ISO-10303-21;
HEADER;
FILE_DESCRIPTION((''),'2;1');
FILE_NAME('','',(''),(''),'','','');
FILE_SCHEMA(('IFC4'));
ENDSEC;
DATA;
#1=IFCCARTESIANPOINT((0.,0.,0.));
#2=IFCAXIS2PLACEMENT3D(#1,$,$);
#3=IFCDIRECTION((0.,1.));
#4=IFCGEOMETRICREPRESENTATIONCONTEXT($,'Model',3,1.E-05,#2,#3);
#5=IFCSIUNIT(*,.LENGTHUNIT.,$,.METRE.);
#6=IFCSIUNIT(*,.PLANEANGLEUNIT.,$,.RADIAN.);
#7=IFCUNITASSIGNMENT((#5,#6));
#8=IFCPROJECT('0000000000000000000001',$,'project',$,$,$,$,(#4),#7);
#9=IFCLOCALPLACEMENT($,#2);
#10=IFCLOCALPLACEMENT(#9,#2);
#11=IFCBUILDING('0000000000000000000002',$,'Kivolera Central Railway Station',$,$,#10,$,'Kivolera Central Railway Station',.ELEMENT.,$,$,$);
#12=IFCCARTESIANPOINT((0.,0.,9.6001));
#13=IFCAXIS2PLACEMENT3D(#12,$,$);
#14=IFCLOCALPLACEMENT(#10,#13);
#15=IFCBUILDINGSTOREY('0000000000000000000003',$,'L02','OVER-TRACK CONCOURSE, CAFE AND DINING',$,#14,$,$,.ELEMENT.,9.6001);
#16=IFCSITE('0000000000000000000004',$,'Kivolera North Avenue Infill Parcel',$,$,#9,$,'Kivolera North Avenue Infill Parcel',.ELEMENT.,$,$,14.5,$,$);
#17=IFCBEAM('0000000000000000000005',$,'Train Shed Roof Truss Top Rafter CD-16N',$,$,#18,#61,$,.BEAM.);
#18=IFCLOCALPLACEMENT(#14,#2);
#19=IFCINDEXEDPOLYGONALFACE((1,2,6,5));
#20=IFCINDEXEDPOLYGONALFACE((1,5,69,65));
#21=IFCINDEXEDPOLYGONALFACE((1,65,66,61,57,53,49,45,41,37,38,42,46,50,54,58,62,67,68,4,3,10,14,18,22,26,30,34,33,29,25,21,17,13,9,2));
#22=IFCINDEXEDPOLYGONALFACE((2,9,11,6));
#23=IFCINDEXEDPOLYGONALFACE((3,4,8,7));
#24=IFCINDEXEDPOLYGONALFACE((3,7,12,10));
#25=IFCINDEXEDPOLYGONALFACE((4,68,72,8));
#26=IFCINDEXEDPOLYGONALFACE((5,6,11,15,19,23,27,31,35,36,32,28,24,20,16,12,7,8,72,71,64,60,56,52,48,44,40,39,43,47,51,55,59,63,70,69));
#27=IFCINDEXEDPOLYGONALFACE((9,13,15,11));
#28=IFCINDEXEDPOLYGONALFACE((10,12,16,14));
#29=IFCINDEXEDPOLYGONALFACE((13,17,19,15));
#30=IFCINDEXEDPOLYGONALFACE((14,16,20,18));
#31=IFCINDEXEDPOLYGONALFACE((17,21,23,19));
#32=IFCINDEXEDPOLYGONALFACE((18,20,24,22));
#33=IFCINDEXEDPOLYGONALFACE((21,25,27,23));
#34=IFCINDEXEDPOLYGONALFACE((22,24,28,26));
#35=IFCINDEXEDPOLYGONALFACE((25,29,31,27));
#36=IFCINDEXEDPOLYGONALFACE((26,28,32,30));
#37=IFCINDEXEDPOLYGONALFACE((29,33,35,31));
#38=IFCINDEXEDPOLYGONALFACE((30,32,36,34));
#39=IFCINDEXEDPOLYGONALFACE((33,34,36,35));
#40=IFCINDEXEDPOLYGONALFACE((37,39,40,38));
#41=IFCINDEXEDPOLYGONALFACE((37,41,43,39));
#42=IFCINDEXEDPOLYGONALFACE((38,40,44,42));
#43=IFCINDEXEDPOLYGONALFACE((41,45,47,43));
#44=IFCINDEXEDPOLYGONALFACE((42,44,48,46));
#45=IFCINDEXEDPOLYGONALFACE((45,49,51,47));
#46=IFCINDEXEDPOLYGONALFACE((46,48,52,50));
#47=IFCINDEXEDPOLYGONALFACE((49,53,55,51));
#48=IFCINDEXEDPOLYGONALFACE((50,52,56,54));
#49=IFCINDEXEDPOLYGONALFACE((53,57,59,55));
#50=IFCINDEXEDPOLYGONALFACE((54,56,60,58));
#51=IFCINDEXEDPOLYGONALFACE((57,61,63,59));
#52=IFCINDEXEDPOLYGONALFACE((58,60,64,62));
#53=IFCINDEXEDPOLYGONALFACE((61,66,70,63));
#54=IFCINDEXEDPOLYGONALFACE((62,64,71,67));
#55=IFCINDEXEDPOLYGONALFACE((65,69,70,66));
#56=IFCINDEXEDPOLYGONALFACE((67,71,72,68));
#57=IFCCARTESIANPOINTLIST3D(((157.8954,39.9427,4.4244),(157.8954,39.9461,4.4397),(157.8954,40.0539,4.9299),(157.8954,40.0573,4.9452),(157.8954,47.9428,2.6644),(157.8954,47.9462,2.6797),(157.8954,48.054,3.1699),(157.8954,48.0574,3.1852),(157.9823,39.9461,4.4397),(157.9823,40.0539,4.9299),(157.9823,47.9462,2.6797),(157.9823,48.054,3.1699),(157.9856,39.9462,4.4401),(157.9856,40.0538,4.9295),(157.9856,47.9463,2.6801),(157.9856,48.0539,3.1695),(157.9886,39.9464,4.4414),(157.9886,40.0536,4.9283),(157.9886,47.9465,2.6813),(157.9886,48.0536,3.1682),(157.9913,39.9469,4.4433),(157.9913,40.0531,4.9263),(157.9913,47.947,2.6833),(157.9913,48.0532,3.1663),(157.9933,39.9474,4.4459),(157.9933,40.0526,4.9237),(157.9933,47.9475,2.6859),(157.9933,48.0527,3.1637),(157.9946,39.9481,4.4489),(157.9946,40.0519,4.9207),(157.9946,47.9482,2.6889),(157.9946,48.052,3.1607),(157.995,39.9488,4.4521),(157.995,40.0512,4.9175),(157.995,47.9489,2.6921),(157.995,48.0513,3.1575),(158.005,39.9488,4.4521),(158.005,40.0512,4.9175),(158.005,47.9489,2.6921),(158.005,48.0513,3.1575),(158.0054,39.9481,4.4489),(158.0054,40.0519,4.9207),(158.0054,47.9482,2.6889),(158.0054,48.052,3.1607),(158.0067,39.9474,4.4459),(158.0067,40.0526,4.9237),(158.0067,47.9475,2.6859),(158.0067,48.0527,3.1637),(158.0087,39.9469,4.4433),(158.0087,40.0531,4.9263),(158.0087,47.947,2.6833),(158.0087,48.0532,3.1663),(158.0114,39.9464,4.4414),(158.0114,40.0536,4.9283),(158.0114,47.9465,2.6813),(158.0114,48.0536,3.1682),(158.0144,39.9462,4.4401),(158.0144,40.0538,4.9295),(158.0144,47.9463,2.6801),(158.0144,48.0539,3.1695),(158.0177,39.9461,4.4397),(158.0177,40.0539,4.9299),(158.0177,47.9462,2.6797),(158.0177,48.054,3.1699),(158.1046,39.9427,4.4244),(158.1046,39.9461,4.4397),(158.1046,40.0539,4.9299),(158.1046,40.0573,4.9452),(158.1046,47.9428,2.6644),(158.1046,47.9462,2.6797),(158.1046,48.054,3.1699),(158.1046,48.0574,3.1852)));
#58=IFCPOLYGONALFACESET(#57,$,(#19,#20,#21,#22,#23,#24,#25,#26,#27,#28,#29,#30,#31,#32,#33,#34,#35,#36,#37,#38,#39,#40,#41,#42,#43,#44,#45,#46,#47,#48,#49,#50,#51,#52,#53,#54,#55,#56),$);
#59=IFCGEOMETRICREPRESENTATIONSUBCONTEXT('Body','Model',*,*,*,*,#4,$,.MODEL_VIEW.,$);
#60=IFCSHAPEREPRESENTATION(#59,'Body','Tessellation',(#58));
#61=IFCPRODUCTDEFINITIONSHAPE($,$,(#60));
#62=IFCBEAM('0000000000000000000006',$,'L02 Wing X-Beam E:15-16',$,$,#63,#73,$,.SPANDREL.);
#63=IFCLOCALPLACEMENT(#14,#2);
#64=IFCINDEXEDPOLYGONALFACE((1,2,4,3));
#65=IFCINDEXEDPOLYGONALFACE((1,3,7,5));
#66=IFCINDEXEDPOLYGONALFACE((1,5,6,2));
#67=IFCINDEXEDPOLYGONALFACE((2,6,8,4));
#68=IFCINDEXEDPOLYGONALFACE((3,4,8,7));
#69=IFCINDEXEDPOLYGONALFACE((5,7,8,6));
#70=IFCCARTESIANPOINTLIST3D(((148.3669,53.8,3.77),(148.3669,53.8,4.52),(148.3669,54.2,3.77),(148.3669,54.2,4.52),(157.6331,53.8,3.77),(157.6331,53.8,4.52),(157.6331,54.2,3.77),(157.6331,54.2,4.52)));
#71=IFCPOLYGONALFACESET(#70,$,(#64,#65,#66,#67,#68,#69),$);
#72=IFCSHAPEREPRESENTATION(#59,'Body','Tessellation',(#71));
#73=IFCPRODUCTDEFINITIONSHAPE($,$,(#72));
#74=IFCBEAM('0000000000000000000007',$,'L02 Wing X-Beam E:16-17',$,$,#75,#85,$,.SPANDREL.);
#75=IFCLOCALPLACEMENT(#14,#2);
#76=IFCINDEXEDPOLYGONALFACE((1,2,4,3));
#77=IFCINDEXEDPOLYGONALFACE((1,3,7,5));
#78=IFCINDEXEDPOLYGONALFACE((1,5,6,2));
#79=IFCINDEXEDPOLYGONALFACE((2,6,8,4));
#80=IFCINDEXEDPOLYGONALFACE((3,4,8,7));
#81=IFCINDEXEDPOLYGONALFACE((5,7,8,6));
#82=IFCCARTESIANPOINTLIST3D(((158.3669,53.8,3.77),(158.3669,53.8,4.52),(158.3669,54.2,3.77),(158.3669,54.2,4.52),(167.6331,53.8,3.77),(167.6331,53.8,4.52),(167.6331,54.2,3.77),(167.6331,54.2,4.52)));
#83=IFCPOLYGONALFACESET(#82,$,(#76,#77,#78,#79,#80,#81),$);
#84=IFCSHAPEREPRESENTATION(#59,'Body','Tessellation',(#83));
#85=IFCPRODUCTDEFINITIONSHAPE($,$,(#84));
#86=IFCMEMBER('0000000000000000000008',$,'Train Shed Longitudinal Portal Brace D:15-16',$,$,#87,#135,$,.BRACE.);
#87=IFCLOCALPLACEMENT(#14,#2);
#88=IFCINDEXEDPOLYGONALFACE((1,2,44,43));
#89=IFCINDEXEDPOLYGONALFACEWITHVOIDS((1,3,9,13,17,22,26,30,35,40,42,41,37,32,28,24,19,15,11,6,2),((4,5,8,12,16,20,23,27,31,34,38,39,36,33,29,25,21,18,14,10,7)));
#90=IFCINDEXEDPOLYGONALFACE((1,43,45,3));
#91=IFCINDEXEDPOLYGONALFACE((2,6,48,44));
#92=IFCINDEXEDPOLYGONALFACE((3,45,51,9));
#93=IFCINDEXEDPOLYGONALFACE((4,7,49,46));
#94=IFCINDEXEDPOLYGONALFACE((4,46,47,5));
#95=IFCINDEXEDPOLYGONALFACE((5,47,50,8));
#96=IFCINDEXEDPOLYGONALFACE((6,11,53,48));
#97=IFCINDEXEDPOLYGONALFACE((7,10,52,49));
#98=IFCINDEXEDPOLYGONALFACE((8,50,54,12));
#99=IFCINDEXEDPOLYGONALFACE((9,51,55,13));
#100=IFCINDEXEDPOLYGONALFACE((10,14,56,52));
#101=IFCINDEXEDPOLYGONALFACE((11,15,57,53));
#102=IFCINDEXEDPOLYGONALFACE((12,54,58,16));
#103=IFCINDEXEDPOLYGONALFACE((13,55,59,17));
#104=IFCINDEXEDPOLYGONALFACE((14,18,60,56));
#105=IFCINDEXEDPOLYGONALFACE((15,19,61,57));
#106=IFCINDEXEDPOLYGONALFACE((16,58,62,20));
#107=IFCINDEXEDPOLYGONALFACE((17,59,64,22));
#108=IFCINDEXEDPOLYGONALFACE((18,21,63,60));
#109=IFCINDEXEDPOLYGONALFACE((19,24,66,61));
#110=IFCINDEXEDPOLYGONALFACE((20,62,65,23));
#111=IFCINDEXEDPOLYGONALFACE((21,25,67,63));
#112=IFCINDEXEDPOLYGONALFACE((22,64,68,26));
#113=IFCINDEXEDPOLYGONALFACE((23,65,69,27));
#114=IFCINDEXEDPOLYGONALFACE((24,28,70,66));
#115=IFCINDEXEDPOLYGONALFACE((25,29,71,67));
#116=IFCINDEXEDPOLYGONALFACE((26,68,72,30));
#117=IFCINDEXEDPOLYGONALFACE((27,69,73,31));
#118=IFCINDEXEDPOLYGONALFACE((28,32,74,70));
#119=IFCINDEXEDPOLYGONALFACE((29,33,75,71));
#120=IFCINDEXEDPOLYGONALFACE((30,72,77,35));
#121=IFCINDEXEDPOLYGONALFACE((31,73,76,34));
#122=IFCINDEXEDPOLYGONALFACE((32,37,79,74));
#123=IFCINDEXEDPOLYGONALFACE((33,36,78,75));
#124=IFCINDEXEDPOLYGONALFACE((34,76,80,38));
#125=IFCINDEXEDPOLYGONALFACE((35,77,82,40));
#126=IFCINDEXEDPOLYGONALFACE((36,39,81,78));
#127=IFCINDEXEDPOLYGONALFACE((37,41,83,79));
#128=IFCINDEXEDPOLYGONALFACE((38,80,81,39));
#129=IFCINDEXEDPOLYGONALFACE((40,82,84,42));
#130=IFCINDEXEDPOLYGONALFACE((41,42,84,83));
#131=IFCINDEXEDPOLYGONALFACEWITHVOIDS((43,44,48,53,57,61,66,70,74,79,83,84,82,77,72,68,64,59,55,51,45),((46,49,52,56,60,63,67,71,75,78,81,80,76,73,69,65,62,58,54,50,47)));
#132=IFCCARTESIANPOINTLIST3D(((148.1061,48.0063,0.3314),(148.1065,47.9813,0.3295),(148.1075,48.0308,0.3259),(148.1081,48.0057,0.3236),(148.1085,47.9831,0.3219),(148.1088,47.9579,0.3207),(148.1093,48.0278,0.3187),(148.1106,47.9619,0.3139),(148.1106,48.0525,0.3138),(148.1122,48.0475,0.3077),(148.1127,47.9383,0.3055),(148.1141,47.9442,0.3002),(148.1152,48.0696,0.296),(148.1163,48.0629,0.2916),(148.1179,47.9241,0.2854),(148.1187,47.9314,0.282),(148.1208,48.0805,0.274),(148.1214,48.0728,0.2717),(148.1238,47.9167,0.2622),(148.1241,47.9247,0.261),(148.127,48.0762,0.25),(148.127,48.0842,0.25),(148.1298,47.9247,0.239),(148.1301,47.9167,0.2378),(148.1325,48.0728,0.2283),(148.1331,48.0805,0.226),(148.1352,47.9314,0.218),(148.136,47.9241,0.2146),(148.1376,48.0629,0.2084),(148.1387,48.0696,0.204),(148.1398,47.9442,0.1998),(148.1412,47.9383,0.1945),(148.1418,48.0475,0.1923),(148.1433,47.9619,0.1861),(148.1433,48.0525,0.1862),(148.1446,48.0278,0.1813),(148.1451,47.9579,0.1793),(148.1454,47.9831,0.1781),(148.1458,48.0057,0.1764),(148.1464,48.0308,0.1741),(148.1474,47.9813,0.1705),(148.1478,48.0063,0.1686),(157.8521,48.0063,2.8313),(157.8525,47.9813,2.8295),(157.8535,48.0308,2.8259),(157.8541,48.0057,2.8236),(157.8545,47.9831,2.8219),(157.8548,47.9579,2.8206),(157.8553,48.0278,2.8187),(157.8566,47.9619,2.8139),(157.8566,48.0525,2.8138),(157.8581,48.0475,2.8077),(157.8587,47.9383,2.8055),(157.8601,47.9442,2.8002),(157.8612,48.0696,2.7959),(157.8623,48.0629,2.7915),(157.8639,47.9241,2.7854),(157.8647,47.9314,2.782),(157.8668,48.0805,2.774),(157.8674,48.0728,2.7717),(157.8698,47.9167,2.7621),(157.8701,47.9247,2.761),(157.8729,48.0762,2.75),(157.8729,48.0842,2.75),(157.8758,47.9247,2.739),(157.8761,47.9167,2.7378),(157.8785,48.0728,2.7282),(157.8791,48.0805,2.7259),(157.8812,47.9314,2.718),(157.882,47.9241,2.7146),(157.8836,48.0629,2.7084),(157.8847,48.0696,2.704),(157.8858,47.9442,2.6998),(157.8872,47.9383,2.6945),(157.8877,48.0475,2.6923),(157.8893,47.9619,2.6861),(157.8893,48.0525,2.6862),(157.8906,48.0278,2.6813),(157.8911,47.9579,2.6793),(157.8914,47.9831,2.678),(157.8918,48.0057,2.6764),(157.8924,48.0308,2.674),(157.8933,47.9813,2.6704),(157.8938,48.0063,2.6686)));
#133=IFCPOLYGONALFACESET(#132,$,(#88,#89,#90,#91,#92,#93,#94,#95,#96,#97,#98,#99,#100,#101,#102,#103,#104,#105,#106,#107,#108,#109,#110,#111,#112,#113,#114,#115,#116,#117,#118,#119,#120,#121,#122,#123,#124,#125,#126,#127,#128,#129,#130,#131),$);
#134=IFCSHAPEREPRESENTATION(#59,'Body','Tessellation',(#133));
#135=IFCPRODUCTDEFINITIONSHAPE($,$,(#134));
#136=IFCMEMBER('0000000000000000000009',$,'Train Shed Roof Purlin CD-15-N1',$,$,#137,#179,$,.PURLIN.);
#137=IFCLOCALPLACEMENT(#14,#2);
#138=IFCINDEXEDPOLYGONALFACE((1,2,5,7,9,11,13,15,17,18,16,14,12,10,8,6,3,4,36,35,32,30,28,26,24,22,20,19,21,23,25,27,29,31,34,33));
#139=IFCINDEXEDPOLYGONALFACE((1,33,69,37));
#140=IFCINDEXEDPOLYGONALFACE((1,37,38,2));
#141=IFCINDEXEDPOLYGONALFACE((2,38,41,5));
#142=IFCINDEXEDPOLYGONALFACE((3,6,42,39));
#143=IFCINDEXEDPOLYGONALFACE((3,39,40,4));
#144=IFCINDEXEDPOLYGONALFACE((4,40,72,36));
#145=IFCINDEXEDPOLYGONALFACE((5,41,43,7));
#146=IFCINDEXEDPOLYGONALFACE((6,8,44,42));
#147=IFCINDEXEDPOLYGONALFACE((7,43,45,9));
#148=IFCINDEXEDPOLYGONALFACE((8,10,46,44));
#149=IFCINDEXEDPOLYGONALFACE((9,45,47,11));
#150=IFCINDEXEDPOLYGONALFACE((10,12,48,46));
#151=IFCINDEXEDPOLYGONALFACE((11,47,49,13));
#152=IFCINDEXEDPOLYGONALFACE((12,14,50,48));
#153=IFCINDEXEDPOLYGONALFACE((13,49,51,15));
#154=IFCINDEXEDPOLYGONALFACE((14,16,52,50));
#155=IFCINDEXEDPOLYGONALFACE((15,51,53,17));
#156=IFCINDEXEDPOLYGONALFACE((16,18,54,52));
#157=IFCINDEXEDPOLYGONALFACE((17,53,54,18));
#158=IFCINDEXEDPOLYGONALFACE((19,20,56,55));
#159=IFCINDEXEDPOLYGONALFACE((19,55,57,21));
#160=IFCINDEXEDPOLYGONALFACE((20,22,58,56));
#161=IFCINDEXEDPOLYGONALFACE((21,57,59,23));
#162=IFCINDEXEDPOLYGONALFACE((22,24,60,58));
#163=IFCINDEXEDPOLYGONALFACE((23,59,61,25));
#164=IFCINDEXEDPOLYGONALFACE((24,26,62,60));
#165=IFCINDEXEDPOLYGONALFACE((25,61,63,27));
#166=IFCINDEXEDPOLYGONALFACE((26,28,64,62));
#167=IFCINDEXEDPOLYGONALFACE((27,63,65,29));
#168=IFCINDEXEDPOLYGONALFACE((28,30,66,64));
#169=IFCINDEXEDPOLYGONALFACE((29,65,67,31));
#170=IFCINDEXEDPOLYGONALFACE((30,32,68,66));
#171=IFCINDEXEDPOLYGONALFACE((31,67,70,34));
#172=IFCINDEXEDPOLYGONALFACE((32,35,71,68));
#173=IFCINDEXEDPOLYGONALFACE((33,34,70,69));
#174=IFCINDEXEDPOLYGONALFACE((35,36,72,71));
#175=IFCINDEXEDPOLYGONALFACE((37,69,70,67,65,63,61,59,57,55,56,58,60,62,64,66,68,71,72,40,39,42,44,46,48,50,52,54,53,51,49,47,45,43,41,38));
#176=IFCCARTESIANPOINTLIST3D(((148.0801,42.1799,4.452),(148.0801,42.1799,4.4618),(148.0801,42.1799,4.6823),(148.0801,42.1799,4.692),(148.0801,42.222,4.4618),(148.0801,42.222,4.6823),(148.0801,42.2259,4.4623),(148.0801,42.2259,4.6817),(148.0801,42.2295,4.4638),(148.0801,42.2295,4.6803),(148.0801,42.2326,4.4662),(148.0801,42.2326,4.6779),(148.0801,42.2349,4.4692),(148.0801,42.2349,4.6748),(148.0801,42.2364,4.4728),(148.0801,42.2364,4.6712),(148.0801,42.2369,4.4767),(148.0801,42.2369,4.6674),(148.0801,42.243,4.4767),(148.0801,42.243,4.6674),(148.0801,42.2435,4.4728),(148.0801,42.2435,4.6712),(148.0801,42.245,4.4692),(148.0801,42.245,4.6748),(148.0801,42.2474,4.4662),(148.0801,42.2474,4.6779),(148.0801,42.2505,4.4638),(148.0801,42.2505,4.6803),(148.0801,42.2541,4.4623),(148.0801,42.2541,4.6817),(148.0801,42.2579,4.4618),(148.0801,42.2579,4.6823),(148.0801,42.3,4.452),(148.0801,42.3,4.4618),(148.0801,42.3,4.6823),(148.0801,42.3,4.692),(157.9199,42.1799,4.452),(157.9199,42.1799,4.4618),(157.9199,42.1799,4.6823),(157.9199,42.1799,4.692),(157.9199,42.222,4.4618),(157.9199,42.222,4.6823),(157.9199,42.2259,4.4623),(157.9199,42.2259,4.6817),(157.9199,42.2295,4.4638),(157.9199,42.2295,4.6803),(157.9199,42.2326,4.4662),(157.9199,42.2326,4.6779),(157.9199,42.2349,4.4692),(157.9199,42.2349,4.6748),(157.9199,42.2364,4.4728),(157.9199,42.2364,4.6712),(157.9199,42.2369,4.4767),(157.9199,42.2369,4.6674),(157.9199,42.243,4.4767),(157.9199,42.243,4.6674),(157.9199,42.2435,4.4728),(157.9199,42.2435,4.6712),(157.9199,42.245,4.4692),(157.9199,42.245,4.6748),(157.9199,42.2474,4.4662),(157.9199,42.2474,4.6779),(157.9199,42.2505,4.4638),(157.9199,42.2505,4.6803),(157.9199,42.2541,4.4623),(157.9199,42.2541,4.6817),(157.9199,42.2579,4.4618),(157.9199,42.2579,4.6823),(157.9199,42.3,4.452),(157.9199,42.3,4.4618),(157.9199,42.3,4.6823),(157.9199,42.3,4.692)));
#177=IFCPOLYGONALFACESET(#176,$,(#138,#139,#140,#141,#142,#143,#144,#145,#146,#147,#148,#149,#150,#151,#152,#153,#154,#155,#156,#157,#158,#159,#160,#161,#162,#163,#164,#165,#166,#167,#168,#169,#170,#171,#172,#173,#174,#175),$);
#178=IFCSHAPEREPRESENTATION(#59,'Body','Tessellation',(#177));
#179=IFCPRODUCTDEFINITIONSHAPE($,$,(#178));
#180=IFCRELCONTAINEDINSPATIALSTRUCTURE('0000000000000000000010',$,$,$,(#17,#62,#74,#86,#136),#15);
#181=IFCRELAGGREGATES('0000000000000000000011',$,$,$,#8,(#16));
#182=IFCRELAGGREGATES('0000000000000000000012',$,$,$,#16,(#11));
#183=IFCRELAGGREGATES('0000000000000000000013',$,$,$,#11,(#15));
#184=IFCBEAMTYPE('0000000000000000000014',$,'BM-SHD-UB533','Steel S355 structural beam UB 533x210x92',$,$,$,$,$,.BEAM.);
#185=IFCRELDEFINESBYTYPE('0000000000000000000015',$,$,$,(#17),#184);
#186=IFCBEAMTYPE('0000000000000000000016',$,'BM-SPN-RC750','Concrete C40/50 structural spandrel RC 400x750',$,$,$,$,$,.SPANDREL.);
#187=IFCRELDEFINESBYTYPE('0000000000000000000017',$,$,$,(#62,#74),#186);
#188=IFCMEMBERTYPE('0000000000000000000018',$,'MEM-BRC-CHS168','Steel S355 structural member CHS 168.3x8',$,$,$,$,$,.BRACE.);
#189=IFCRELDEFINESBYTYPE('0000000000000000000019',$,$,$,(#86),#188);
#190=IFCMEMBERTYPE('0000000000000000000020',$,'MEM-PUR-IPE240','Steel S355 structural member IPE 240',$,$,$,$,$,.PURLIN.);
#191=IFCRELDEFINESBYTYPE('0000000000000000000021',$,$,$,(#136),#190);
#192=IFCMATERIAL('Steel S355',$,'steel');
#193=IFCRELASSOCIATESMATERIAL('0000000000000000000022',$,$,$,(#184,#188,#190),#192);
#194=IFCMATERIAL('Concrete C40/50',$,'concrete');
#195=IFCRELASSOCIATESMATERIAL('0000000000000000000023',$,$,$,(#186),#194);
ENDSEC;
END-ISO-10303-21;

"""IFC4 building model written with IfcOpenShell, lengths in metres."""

from ifc_helpers import new_model, si_unit, direction, frame, origin, origin_2d, place, context, subcontext, project, spatial, rectangle, hollow_circle, i_section, extrude, material, material_profile, profile_set, type_object, element, save


model = new_model("IFC4")

# Units and contexts
model_context = context("Model", 3, precision=1e-05, world=origin(), true_north=direction((0.0, 1.0)))
body_context = subcontext(model_context, "Body", "Model", "MODEL_VIEW")
ifc_project = project(units=[si_unit("LENGTHUNIT", "METRE"), si_unit("PLANEANGLEUNIT", "RADIAN")], contexts=[model_context])

# Site, building, storey
site_placement = place(None, origin())
site = spatial("IfcSite", under=ifc_project, at=site_placement, Name="Kivolera North Avenue Infill Parcel", LongName="Kivolera North Avenue Infill Parcel", CompositionType="ELEMENT", RefElevation=14.5)
building_placement = place(site_placement, origin())
building = spatial("IfcBuilding", under=site, at=building_placement, Name="Kivolera Central Railway Station", LongName="Kivolera Central Railway Station", CompositionType="ELEMENT")
storey_placement = place(building_placement, frame((0.0, 0.0, 9.6001)))
storey = spatial("IfcBuildingStorey", under=building, at=storey_placement, Name="L02", Description="OVER-TRACK CONCOURSE, CAFE AND DINING", CompositionType="ELEMENT", Elevation=9.6001)

# Shared definitions
ifc_material_1 = material(Name="Concrete C40/50", Category="concrete")
ifc_material_2 = material(Name="Steel S355", Category="steel")

# Beams
ifc_material_profile_1 = material_profile(ifc_material_2, i_section(OverallWidth=0.2092, OverallDepth=0.5332, WebThickness=0.01, FlangeThickness=0.0156, FilletRadius=0.0127, at=origin_2d()), Name="UB 533x210x92")
ifc_profile_set_1 = profile_set([ifc_material_profile_1], Name="Steel S355")
beam_type_1 = type_object("IfcBeamType", Name="BM-SHD-UB533", Description="Steel S355 structural beam UB 533x210x92", PredefinedType="BEAM", material=ifc_profile_set_1)
beam_placement = place(storey_placement, frame((158.0, 40.0, 4.6848), z_axis=(0.0, 0.976644, -0.214863), x_axis=(-1.0, 0.0, 0.0)))
element("IfcBeam", 1, at=beam_placement, inside=storey, type_object=beam_type_1, Name="Train Shed Roof Truss Top Rafter CD-16N", PredefinedType="BEAM", context=body_context, shape_type="SweptSolid", body=[
    extrude(i_section(OverallWidth=0.2092, OverallDepth=0.5332, WebThickness=0.01, FlangeThickness=0.0156, FilletRadius=0.0127, at=origin_2d()), origin(), (0.0, 0.0, 1.0), 8.1914),
])
ifc_material_profile_2 = material_profile(ifc_material_1, rectangle(XDim=0.3999, YDim=0.75, at=origin_2d()), Name="RC 400x750")
ifc_profile_set_2 = profile_set([ifc_material_profile_2], Name="Concrete C40/50")
beam_type_2 = type_object("IfcBeamType", Name="BM-SPN-RC750", Description="Concrete C40/50 structural spandrel RC 400x750", PredefinedType="SPANDREL", material=ifc_profile_set_2)
for number, where, z_axis, x_axis, name in (
    (2, (148.3669, 54.0, 4.145), (1.0, 0.0, 0.0), (0.0, 1.0, 0.0), "L02 Wing X-Beam E:15-16"),
    (3, (158.3669, 54.0, 4.145), (1.0, 0.0, 0.0), (0.0, 1.0, 0.0), "L02 Wing X-Beam E:16-17"),
):
    element("IfcBeam", number, at=place(storey_placement, frame(where, z_axis=z_axis, x_axis=x_axis)), inside=storey, type_object=beam_type_2, Name=name, PredefinedType="SPANDREL", context=body_context, shape_type="SweptSolid", body=[
        extrude(rectangle(XDim=0.3999, YDim=0.75, at=origin_2d()), origin(), (0.0, 0.0, 1.0), 9.2661),
    ])

# Members
ifc_material_profile_3 = material_profile(ifc_material_2, hollow_circle(Radius=0.0842, WallThickness=0.0081, at=origin_2d()), Name="CHS 168.3x8")
ifc_profile_set_3 = profile_set([ifc_material_profile_3], Name="Steel S355")
member_type_1 = type_object("IfcMemberType", Name="MEM-BRC-CHS168", Description="Steel S355 structural member CHS 168.3x8", PredefinedType="BRACE", material=ifc_profile_set_3)
member_placement = place(storey_placement, frame((148.127, 48.0, 0.25), z_axis=(0.96864, 0.0, 0.248469), x_axis=(0.0, 1.0, 0.0)))
element("IfcMember", 4, at=member_placement, inside=storey, type_object=member_type_1, Name="Train Shed Longitudinal Portal Brace D:15-16", PredefinedType="BRACE", context=body_context, shape_type="SweptSolid", body=[
    extrude(hollow_circle(Radius=0.0842, WallThickness=0.0081, at=origin_2d()), origin(), (0.0, 0.0, 1.0), 10.0615),
])
ifc_material_profile_4 = material_profile(ifc_material_2, i_section(OverallWidth=0.1201, OverallDepth=0.24, WebThickness=0.0061, FlangeThickness=0.0098, FilletRadius=0.0149, at=origin_2d()), Name="IPE 240")
ifc_profile_set_4 = profile_set([ifc_material_profile_4], Name="Steel S355")
member_type_2 = type_object("IfcMemberType", Name="MEM-PUR-IPE240", Description="Steel S355 structural member IPE 240", PredefinedType="PURLIN", material=ifc_profile_set_4)
for number, where, z_axis, x_axis, name in (
    (5, (148.0801, 42.24, 4.572), (1.0, 0.0, 0.0), (0.0, 1.0, 0.0), "Train Shed Roof Purlin CD-15-N1"),
):
    element("IfcMember", number, at=place(storey_placement, frame(where, z_axis=z_axis, x_axis=x_axis)), inside=storey, type_object=member_type_2, Name=name, PredefinedType="PURLIN", context=body_context, shape_type="SweptSolid", body=[
        extrude(i_section(OverallWidth=0.1201, OverallDepth=0.24, WebThickness=0.0061, FlangeThickness=0.0098, FilletRadius=0.0149, at=origin_2d()), origin(), (0.0, 0.0, 1.0), 9.8398),
    ])

save(model, "model.ifc")
